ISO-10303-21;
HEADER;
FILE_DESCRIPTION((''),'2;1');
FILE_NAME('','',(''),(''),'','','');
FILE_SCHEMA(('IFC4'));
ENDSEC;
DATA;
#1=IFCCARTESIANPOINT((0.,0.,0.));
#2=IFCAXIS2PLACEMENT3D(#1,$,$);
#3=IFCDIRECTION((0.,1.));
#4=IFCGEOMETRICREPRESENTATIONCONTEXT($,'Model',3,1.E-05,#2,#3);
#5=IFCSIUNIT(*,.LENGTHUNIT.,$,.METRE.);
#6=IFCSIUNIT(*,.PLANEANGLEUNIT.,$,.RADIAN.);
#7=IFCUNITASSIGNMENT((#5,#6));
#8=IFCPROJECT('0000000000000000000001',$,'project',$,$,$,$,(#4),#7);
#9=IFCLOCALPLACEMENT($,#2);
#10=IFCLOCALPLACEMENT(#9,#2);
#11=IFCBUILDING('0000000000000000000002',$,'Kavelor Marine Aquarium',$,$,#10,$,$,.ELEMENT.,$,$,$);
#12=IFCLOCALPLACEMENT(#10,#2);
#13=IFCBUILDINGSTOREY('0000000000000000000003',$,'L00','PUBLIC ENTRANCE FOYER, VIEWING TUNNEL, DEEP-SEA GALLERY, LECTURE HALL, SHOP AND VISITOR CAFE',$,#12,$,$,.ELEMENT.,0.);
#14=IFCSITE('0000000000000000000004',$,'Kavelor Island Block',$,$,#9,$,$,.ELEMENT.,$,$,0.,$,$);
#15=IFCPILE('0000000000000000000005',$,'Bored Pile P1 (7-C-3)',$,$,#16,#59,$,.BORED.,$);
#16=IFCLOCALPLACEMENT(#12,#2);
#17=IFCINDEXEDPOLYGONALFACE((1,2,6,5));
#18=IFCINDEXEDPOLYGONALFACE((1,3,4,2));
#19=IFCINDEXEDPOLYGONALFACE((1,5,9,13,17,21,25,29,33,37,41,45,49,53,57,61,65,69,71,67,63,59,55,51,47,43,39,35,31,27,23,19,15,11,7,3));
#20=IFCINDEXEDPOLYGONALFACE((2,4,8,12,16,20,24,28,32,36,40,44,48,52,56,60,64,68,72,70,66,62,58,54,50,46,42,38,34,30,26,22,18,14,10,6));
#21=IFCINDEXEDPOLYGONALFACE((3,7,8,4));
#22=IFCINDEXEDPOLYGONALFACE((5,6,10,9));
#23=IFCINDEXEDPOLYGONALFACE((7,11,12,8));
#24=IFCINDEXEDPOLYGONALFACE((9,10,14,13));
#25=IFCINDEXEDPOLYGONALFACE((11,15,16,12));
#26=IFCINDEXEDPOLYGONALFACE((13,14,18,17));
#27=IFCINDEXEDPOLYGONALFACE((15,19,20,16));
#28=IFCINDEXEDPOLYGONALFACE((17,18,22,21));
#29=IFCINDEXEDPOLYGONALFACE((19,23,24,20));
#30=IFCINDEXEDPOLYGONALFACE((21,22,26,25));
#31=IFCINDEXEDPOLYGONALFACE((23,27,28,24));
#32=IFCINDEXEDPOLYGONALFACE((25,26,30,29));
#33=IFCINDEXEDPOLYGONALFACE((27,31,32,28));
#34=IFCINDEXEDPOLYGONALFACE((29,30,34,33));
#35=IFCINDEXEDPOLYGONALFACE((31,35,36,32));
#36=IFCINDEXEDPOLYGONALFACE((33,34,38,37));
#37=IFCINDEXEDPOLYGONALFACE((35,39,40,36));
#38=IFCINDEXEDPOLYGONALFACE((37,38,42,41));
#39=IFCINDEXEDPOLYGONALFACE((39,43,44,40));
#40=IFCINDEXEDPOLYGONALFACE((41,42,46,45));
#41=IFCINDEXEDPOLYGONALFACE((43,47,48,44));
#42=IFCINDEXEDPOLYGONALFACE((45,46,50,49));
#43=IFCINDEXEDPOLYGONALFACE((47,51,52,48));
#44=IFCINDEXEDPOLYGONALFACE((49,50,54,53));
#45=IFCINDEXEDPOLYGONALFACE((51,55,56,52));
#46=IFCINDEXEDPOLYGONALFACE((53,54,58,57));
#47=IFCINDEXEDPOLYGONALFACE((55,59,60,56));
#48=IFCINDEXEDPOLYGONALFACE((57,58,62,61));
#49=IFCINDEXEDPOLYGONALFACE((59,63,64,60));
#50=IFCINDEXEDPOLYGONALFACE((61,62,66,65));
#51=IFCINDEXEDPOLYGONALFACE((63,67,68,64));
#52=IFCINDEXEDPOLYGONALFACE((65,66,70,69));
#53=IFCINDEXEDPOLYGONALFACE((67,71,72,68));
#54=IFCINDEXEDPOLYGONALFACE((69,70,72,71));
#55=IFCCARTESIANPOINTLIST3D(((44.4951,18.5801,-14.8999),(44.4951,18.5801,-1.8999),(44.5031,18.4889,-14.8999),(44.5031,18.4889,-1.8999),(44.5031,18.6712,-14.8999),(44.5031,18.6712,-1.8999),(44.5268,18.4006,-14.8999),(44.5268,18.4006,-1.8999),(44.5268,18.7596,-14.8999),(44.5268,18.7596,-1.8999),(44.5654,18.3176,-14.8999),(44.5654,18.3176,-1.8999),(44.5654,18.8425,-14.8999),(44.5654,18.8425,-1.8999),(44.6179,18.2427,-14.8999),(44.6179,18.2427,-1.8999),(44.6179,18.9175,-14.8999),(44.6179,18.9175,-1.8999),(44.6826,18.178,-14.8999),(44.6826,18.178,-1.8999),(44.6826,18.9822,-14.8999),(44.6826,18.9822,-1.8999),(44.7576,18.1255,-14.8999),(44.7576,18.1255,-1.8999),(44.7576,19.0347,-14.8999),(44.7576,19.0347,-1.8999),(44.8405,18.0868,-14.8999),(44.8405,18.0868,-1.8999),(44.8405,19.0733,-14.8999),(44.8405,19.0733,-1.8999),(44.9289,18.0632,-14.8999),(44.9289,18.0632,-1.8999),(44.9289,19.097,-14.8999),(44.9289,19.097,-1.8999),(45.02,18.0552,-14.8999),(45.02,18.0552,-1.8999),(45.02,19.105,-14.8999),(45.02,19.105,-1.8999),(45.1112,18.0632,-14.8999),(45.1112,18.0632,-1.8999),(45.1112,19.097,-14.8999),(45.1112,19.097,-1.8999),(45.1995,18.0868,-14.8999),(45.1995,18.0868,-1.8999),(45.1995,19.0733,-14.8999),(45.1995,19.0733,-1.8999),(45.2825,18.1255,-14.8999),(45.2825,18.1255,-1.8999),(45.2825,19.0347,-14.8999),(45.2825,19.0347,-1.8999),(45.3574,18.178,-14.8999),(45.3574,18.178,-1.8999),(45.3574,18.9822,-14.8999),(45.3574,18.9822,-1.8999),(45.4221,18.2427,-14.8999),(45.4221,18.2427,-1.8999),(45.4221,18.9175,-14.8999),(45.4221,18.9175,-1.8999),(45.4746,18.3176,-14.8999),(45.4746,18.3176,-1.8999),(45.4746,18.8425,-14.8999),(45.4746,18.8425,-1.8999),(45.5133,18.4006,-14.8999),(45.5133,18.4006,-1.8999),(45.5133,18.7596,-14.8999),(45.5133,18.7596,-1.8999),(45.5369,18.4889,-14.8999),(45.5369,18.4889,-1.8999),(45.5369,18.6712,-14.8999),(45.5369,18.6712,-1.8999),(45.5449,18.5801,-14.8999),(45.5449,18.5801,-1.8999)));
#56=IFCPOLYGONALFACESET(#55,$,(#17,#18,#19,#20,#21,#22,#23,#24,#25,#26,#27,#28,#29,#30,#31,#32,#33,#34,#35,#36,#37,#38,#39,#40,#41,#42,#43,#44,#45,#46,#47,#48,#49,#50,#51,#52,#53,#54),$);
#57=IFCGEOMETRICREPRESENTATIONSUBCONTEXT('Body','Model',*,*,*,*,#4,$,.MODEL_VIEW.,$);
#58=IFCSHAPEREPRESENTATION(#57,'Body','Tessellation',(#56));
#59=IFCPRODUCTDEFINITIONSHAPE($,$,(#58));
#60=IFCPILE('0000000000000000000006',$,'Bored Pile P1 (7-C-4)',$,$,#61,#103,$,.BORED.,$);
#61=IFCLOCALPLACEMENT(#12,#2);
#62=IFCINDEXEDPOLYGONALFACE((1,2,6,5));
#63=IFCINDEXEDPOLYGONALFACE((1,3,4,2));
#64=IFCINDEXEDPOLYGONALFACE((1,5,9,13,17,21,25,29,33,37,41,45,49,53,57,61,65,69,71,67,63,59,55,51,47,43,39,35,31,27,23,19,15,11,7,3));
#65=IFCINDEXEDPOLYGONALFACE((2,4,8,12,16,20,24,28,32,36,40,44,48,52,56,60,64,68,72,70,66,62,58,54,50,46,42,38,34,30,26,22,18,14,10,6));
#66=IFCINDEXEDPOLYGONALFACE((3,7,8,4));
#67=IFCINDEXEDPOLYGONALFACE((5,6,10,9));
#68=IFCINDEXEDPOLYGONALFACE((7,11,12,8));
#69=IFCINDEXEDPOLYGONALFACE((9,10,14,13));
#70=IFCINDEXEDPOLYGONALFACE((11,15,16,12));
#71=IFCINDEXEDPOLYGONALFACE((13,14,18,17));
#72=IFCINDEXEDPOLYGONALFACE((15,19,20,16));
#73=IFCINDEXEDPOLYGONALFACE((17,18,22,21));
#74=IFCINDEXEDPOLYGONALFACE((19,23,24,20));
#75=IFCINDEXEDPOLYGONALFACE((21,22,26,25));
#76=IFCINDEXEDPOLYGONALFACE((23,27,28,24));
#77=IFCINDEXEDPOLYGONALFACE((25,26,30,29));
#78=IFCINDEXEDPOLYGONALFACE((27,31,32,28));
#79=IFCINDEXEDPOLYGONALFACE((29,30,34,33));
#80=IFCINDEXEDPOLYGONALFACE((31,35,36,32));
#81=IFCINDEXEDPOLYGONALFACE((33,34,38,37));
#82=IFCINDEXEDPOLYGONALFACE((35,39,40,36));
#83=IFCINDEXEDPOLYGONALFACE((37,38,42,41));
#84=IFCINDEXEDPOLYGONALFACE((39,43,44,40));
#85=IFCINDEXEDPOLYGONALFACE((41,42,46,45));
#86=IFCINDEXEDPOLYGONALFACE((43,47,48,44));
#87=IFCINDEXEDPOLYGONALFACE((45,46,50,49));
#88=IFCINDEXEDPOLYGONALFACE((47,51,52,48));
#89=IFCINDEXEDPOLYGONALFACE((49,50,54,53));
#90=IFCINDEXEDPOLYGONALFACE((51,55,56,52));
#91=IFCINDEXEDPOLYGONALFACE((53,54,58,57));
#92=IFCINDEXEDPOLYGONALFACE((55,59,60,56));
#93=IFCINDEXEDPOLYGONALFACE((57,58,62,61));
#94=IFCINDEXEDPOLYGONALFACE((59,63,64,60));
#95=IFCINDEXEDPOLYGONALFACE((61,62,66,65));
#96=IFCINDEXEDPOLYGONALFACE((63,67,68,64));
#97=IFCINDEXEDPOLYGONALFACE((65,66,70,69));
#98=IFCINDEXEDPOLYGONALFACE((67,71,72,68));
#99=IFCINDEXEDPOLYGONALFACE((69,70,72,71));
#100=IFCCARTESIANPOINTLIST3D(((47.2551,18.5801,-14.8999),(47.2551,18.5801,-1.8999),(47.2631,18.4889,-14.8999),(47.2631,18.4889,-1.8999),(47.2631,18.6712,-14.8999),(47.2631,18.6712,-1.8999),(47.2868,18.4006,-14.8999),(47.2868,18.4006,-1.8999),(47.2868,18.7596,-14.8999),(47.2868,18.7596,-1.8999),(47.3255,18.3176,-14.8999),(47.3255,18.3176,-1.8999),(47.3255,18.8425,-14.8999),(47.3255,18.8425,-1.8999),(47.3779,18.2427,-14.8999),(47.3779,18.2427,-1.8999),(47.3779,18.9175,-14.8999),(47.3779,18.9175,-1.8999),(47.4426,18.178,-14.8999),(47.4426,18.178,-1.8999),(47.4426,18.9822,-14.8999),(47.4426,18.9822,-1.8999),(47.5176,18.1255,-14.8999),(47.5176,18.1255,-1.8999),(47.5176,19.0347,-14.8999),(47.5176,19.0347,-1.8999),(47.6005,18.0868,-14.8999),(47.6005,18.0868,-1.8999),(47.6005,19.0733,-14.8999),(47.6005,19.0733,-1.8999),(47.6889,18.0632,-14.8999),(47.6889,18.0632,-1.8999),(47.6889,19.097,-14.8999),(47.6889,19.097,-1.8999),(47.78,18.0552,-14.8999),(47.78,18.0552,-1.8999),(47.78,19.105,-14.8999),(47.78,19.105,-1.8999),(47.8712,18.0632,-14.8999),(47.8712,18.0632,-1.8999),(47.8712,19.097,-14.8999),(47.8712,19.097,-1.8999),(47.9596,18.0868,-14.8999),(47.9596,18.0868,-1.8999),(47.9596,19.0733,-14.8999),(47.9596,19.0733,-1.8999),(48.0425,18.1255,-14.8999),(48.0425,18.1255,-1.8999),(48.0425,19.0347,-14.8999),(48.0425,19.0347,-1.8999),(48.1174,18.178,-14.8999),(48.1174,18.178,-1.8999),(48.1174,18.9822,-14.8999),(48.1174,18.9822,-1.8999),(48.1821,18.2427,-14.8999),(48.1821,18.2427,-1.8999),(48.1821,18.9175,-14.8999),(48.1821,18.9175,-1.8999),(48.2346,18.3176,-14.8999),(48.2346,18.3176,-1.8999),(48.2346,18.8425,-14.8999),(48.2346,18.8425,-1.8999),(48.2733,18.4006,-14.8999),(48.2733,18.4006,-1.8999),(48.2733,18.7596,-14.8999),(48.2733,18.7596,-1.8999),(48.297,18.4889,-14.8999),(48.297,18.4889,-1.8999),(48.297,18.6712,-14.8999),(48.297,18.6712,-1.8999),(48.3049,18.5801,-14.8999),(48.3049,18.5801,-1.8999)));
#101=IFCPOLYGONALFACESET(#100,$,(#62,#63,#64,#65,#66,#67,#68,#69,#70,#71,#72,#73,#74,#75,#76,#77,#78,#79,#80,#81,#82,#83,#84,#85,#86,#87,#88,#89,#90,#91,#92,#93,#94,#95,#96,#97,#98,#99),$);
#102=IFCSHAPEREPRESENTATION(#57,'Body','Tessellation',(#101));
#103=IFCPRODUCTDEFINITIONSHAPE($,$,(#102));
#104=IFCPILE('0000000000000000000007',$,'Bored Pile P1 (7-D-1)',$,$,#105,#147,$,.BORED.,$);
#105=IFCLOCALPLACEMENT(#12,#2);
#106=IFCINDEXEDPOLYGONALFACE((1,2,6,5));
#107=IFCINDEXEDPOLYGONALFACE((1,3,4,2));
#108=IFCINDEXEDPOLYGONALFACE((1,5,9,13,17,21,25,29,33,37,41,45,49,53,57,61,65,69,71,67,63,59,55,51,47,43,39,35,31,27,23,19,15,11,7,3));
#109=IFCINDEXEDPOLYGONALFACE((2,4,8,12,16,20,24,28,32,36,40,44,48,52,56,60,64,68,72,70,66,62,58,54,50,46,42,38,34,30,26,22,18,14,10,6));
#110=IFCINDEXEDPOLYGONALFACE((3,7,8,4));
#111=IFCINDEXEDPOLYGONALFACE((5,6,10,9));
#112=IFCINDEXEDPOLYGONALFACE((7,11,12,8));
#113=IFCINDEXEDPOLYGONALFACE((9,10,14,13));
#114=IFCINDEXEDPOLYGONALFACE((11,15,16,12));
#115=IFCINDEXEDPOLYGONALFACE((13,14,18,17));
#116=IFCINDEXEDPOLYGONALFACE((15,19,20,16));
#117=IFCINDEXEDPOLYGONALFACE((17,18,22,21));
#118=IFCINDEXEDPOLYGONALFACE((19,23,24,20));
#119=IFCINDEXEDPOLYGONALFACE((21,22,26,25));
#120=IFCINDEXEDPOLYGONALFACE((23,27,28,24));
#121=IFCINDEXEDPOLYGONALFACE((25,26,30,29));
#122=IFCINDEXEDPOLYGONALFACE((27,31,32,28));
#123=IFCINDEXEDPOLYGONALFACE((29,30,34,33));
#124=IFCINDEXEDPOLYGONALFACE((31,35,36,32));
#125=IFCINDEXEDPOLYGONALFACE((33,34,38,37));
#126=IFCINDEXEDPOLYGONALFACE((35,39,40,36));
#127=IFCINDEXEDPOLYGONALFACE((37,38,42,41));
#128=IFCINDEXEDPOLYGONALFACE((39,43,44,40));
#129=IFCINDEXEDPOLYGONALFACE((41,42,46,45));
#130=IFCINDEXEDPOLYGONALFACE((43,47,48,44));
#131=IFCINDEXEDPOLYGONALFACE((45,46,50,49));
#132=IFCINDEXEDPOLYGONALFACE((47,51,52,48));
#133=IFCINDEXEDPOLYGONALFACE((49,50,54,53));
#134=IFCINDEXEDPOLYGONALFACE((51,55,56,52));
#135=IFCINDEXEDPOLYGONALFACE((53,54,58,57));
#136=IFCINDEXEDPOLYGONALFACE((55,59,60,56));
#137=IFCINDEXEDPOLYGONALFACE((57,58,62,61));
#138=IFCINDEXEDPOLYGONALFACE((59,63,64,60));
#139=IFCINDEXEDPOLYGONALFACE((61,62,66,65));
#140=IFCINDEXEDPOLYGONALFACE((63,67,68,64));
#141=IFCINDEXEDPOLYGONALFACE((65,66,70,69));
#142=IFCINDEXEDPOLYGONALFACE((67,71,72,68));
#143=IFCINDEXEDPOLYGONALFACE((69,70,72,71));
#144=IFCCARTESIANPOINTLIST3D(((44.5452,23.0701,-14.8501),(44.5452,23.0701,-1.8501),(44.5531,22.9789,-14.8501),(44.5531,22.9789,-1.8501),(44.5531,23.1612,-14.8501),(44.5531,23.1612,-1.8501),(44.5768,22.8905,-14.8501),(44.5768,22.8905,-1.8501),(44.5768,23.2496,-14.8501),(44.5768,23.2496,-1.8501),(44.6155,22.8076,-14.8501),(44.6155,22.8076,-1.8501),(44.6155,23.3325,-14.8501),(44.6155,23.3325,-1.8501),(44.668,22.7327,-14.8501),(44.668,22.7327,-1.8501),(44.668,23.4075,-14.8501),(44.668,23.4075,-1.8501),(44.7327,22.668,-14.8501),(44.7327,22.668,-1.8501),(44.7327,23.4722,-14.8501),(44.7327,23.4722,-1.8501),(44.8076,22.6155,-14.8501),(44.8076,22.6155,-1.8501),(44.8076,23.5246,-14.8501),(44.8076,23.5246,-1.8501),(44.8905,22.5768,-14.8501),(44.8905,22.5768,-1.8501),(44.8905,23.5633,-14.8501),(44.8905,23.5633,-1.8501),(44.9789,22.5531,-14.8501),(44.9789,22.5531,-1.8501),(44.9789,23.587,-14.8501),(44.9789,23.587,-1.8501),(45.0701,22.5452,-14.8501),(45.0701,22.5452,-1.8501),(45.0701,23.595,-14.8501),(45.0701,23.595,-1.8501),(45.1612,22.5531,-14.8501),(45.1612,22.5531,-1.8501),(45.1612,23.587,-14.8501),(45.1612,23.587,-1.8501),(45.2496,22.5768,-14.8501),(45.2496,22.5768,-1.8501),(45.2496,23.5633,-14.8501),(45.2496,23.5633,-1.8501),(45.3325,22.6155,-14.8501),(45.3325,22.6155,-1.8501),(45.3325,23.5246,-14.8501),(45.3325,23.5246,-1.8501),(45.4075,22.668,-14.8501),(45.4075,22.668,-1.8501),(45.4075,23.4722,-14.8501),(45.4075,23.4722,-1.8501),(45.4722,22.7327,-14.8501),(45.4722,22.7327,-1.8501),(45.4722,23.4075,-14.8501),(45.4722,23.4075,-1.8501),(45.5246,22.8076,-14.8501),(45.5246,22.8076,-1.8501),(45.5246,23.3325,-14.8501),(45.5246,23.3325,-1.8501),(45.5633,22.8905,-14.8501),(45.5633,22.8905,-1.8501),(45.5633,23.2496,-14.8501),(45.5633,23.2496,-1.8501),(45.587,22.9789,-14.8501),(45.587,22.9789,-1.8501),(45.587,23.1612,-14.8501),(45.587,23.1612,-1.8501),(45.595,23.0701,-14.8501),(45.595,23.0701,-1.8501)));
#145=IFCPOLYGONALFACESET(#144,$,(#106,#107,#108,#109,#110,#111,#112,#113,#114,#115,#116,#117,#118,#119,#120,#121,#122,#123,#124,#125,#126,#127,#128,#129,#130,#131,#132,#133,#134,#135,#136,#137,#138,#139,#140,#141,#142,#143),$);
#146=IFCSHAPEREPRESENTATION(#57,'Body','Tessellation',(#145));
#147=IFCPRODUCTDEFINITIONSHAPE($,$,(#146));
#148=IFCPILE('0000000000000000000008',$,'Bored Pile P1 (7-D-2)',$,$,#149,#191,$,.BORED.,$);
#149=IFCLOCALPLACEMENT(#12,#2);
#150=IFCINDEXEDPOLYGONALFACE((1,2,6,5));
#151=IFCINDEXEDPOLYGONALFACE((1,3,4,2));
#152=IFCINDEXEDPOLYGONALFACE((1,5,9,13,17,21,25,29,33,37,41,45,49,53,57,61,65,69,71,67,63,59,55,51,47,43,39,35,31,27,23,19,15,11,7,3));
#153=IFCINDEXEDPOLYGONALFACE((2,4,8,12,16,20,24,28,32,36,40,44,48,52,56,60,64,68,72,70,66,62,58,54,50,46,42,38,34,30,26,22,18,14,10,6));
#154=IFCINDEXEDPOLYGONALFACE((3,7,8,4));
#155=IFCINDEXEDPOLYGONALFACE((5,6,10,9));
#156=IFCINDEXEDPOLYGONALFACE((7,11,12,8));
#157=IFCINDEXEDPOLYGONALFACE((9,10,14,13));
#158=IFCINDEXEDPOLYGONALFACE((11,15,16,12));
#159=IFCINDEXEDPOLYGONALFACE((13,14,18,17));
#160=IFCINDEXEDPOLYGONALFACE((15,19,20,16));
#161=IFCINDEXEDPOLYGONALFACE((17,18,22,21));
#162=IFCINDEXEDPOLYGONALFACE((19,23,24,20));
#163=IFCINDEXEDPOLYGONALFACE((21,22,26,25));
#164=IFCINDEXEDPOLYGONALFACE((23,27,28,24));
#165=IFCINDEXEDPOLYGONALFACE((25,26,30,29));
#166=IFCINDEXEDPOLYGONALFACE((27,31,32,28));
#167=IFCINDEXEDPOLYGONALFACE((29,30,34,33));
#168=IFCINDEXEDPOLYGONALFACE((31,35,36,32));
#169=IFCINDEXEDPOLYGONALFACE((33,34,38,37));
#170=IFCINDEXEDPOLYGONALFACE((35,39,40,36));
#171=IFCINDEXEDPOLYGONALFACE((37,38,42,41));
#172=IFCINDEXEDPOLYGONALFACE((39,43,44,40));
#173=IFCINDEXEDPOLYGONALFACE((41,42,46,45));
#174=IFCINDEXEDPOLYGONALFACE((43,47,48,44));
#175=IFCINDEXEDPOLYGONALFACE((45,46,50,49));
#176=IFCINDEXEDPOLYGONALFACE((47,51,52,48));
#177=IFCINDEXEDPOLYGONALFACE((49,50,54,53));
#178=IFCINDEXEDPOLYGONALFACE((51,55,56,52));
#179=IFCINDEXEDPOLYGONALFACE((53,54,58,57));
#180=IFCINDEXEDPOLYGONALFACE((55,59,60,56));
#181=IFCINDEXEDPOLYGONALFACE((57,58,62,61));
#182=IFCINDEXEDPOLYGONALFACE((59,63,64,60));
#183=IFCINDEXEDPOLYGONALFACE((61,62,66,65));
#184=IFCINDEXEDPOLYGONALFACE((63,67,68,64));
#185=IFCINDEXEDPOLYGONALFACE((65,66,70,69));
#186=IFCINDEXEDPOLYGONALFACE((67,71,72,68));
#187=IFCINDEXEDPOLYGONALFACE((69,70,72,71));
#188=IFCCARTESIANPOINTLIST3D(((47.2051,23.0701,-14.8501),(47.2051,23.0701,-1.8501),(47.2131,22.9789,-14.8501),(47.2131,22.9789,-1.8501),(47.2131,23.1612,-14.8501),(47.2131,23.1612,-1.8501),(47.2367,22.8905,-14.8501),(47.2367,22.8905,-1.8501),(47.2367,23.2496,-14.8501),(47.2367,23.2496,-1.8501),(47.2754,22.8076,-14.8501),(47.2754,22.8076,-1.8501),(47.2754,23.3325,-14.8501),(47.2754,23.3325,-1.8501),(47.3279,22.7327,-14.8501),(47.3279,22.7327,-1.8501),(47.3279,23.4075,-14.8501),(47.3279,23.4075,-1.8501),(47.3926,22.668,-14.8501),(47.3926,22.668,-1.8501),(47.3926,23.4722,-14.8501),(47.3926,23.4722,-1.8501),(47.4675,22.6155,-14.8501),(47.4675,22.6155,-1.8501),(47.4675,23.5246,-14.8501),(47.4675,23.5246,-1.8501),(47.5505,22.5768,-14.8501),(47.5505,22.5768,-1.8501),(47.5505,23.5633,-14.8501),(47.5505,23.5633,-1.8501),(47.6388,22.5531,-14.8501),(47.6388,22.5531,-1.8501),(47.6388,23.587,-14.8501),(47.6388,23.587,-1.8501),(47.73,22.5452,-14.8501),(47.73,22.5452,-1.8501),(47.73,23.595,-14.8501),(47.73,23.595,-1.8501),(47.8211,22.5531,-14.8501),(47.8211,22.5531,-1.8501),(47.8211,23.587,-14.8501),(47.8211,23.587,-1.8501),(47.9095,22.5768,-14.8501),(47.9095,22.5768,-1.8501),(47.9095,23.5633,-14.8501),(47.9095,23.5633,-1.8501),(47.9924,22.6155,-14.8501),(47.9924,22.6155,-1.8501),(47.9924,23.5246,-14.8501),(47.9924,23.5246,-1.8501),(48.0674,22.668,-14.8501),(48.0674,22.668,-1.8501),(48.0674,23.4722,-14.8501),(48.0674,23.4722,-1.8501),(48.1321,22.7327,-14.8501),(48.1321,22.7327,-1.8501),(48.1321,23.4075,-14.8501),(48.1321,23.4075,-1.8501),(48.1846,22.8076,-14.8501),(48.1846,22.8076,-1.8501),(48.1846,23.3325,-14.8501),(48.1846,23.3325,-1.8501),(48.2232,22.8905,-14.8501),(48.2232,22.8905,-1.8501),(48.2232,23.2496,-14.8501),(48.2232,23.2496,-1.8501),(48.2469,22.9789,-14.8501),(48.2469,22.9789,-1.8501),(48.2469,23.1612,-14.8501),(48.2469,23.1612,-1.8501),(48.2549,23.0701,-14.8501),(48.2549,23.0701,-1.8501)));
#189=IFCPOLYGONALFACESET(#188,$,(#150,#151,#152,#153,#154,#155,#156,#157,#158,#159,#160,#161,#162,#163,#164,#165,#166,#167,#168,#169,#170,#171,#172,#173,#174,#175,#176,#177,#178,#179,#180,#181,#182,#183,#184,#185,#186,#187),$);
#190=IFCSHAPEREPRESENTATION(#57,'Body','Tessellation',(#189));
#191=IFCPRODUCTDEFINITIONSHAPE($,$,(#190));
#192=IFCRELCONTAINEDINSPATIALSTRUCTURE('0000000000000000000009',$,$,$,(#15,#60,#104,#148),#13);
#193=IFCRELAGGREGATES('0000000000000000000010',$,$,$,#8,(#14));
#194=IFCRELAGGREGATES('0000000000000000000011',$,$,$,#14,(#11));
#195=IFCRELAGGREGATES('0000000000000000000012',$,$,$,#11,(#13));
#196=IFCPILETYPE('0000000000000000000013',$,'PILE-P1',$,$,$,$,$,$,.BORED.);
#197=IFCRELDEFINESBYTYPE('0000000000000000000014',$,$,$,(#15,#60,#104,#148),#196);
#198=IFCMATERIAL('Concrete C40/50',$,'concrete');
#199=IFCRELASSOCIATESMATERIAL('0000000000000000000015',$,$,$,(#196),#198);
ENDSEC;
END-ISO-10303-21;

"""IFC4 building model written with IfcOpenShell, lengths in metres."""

from ifc_helpers import new_model, si_unit, direction, frame, origin, origin_2d, place, context, subcontext, project, spatial, circle, extrude, material, material_profile, profile_set, type_object, element, save


model = new_model("IFC4")

# Units and contexts
model_context = context("Model", 3, precision=1e-05, world=origin(), true_north=direction((0.0, 1.0)))
body_context = subcontext(model_context, "Body", "Model", "MODEL_VIEW")
ifc_project = project(units=[si_unit("LENGTHUNIT", "METRE"), si_unit("PLANEANGLEUNIT", "RADIAN")], contexts=[model_context])

# Site, building, storey
site_placement = place(None, origin())
site = spatial("IfcSite", under=ifc_project, at=site_placement, Name="Kavelor Island Block", CompositionType="ELEMENT", RefElevation=0.0)
building_placement = place(site_placement, origin())
building = spatial("IfcBuilding", under=site, at=building_placement, Name="Kavelor Marine Aquarium", CompositionType="ELEMENT")
storey_placement = place(building_placement, origin())
storey = spatial("IfcBuildingStorey", under=building, at=storey_placement, Name="L00", Description="PUBLIC ENTRANCE FOYER, VIEWING TUNNEL, DEEP-SEA GALLERY, LECTURE HALL, SHOP AND VISITOR CAFE", CompositionType="ELEMENT", Elevation=0.0)

# Piles
ifc_material_1 = material(Name="Concrete C40/50", Category="concrete")
ifc_material_profile_1 = material_profile(ifc_material_1, circle(Radius=0.5249, at=origin_2d()), Name="PILE D1050")
ifc_profile_set_1 = profile_set([ifc_material_profile_1], Name="Concrete C40/50")
pile_type = type_object("IfcPileType", Name="PILE-P1", PredefinedType="BORED", material=ifc_profile_set_1)
for number, where, z_axis, x_axis, name in (
    (1, (45.02, 18.5801, -1.8999), (0.0, 0.0, -1.0), (1.0, 0.0, 0.0), "Bored Pile P1 (7-C-3)"),
    (2, (47.78, 18.5801, -1.8999), (0.0, 0.0, -1.0), (1.0, 0.0, 0.0), "Bored Pile P1 (7-C-4)"),
    (3, (45.0701, 23.0701, -1.8501), (0.0, 0.0, -1.0), (1.0, 0.0, 0.0), "Bored Pile P1 (7-D-1)"),
    (4, (47.73, 23.0701, -1.8501), (0.0, 0.0, -1.0), (1.0, 0.0, 0.0), "Bored Pile P1 (7-D-2)"),
):
    element("IfcPile", number, at=place(storey_placement, frame(where, z_axis=z_axis, x_axis=x_axis)), inside=storey, type_object=pile_type, Name=name, PredefinedType="BORED", context=body_context, shape_type="SweptSolid", body=[
        extrude(circle(Radius=0.5249, at=origin_2d()), origin(), (0.0, 0.0, 1.0), 13.0),
    ])

save(model, "model.ifc")
